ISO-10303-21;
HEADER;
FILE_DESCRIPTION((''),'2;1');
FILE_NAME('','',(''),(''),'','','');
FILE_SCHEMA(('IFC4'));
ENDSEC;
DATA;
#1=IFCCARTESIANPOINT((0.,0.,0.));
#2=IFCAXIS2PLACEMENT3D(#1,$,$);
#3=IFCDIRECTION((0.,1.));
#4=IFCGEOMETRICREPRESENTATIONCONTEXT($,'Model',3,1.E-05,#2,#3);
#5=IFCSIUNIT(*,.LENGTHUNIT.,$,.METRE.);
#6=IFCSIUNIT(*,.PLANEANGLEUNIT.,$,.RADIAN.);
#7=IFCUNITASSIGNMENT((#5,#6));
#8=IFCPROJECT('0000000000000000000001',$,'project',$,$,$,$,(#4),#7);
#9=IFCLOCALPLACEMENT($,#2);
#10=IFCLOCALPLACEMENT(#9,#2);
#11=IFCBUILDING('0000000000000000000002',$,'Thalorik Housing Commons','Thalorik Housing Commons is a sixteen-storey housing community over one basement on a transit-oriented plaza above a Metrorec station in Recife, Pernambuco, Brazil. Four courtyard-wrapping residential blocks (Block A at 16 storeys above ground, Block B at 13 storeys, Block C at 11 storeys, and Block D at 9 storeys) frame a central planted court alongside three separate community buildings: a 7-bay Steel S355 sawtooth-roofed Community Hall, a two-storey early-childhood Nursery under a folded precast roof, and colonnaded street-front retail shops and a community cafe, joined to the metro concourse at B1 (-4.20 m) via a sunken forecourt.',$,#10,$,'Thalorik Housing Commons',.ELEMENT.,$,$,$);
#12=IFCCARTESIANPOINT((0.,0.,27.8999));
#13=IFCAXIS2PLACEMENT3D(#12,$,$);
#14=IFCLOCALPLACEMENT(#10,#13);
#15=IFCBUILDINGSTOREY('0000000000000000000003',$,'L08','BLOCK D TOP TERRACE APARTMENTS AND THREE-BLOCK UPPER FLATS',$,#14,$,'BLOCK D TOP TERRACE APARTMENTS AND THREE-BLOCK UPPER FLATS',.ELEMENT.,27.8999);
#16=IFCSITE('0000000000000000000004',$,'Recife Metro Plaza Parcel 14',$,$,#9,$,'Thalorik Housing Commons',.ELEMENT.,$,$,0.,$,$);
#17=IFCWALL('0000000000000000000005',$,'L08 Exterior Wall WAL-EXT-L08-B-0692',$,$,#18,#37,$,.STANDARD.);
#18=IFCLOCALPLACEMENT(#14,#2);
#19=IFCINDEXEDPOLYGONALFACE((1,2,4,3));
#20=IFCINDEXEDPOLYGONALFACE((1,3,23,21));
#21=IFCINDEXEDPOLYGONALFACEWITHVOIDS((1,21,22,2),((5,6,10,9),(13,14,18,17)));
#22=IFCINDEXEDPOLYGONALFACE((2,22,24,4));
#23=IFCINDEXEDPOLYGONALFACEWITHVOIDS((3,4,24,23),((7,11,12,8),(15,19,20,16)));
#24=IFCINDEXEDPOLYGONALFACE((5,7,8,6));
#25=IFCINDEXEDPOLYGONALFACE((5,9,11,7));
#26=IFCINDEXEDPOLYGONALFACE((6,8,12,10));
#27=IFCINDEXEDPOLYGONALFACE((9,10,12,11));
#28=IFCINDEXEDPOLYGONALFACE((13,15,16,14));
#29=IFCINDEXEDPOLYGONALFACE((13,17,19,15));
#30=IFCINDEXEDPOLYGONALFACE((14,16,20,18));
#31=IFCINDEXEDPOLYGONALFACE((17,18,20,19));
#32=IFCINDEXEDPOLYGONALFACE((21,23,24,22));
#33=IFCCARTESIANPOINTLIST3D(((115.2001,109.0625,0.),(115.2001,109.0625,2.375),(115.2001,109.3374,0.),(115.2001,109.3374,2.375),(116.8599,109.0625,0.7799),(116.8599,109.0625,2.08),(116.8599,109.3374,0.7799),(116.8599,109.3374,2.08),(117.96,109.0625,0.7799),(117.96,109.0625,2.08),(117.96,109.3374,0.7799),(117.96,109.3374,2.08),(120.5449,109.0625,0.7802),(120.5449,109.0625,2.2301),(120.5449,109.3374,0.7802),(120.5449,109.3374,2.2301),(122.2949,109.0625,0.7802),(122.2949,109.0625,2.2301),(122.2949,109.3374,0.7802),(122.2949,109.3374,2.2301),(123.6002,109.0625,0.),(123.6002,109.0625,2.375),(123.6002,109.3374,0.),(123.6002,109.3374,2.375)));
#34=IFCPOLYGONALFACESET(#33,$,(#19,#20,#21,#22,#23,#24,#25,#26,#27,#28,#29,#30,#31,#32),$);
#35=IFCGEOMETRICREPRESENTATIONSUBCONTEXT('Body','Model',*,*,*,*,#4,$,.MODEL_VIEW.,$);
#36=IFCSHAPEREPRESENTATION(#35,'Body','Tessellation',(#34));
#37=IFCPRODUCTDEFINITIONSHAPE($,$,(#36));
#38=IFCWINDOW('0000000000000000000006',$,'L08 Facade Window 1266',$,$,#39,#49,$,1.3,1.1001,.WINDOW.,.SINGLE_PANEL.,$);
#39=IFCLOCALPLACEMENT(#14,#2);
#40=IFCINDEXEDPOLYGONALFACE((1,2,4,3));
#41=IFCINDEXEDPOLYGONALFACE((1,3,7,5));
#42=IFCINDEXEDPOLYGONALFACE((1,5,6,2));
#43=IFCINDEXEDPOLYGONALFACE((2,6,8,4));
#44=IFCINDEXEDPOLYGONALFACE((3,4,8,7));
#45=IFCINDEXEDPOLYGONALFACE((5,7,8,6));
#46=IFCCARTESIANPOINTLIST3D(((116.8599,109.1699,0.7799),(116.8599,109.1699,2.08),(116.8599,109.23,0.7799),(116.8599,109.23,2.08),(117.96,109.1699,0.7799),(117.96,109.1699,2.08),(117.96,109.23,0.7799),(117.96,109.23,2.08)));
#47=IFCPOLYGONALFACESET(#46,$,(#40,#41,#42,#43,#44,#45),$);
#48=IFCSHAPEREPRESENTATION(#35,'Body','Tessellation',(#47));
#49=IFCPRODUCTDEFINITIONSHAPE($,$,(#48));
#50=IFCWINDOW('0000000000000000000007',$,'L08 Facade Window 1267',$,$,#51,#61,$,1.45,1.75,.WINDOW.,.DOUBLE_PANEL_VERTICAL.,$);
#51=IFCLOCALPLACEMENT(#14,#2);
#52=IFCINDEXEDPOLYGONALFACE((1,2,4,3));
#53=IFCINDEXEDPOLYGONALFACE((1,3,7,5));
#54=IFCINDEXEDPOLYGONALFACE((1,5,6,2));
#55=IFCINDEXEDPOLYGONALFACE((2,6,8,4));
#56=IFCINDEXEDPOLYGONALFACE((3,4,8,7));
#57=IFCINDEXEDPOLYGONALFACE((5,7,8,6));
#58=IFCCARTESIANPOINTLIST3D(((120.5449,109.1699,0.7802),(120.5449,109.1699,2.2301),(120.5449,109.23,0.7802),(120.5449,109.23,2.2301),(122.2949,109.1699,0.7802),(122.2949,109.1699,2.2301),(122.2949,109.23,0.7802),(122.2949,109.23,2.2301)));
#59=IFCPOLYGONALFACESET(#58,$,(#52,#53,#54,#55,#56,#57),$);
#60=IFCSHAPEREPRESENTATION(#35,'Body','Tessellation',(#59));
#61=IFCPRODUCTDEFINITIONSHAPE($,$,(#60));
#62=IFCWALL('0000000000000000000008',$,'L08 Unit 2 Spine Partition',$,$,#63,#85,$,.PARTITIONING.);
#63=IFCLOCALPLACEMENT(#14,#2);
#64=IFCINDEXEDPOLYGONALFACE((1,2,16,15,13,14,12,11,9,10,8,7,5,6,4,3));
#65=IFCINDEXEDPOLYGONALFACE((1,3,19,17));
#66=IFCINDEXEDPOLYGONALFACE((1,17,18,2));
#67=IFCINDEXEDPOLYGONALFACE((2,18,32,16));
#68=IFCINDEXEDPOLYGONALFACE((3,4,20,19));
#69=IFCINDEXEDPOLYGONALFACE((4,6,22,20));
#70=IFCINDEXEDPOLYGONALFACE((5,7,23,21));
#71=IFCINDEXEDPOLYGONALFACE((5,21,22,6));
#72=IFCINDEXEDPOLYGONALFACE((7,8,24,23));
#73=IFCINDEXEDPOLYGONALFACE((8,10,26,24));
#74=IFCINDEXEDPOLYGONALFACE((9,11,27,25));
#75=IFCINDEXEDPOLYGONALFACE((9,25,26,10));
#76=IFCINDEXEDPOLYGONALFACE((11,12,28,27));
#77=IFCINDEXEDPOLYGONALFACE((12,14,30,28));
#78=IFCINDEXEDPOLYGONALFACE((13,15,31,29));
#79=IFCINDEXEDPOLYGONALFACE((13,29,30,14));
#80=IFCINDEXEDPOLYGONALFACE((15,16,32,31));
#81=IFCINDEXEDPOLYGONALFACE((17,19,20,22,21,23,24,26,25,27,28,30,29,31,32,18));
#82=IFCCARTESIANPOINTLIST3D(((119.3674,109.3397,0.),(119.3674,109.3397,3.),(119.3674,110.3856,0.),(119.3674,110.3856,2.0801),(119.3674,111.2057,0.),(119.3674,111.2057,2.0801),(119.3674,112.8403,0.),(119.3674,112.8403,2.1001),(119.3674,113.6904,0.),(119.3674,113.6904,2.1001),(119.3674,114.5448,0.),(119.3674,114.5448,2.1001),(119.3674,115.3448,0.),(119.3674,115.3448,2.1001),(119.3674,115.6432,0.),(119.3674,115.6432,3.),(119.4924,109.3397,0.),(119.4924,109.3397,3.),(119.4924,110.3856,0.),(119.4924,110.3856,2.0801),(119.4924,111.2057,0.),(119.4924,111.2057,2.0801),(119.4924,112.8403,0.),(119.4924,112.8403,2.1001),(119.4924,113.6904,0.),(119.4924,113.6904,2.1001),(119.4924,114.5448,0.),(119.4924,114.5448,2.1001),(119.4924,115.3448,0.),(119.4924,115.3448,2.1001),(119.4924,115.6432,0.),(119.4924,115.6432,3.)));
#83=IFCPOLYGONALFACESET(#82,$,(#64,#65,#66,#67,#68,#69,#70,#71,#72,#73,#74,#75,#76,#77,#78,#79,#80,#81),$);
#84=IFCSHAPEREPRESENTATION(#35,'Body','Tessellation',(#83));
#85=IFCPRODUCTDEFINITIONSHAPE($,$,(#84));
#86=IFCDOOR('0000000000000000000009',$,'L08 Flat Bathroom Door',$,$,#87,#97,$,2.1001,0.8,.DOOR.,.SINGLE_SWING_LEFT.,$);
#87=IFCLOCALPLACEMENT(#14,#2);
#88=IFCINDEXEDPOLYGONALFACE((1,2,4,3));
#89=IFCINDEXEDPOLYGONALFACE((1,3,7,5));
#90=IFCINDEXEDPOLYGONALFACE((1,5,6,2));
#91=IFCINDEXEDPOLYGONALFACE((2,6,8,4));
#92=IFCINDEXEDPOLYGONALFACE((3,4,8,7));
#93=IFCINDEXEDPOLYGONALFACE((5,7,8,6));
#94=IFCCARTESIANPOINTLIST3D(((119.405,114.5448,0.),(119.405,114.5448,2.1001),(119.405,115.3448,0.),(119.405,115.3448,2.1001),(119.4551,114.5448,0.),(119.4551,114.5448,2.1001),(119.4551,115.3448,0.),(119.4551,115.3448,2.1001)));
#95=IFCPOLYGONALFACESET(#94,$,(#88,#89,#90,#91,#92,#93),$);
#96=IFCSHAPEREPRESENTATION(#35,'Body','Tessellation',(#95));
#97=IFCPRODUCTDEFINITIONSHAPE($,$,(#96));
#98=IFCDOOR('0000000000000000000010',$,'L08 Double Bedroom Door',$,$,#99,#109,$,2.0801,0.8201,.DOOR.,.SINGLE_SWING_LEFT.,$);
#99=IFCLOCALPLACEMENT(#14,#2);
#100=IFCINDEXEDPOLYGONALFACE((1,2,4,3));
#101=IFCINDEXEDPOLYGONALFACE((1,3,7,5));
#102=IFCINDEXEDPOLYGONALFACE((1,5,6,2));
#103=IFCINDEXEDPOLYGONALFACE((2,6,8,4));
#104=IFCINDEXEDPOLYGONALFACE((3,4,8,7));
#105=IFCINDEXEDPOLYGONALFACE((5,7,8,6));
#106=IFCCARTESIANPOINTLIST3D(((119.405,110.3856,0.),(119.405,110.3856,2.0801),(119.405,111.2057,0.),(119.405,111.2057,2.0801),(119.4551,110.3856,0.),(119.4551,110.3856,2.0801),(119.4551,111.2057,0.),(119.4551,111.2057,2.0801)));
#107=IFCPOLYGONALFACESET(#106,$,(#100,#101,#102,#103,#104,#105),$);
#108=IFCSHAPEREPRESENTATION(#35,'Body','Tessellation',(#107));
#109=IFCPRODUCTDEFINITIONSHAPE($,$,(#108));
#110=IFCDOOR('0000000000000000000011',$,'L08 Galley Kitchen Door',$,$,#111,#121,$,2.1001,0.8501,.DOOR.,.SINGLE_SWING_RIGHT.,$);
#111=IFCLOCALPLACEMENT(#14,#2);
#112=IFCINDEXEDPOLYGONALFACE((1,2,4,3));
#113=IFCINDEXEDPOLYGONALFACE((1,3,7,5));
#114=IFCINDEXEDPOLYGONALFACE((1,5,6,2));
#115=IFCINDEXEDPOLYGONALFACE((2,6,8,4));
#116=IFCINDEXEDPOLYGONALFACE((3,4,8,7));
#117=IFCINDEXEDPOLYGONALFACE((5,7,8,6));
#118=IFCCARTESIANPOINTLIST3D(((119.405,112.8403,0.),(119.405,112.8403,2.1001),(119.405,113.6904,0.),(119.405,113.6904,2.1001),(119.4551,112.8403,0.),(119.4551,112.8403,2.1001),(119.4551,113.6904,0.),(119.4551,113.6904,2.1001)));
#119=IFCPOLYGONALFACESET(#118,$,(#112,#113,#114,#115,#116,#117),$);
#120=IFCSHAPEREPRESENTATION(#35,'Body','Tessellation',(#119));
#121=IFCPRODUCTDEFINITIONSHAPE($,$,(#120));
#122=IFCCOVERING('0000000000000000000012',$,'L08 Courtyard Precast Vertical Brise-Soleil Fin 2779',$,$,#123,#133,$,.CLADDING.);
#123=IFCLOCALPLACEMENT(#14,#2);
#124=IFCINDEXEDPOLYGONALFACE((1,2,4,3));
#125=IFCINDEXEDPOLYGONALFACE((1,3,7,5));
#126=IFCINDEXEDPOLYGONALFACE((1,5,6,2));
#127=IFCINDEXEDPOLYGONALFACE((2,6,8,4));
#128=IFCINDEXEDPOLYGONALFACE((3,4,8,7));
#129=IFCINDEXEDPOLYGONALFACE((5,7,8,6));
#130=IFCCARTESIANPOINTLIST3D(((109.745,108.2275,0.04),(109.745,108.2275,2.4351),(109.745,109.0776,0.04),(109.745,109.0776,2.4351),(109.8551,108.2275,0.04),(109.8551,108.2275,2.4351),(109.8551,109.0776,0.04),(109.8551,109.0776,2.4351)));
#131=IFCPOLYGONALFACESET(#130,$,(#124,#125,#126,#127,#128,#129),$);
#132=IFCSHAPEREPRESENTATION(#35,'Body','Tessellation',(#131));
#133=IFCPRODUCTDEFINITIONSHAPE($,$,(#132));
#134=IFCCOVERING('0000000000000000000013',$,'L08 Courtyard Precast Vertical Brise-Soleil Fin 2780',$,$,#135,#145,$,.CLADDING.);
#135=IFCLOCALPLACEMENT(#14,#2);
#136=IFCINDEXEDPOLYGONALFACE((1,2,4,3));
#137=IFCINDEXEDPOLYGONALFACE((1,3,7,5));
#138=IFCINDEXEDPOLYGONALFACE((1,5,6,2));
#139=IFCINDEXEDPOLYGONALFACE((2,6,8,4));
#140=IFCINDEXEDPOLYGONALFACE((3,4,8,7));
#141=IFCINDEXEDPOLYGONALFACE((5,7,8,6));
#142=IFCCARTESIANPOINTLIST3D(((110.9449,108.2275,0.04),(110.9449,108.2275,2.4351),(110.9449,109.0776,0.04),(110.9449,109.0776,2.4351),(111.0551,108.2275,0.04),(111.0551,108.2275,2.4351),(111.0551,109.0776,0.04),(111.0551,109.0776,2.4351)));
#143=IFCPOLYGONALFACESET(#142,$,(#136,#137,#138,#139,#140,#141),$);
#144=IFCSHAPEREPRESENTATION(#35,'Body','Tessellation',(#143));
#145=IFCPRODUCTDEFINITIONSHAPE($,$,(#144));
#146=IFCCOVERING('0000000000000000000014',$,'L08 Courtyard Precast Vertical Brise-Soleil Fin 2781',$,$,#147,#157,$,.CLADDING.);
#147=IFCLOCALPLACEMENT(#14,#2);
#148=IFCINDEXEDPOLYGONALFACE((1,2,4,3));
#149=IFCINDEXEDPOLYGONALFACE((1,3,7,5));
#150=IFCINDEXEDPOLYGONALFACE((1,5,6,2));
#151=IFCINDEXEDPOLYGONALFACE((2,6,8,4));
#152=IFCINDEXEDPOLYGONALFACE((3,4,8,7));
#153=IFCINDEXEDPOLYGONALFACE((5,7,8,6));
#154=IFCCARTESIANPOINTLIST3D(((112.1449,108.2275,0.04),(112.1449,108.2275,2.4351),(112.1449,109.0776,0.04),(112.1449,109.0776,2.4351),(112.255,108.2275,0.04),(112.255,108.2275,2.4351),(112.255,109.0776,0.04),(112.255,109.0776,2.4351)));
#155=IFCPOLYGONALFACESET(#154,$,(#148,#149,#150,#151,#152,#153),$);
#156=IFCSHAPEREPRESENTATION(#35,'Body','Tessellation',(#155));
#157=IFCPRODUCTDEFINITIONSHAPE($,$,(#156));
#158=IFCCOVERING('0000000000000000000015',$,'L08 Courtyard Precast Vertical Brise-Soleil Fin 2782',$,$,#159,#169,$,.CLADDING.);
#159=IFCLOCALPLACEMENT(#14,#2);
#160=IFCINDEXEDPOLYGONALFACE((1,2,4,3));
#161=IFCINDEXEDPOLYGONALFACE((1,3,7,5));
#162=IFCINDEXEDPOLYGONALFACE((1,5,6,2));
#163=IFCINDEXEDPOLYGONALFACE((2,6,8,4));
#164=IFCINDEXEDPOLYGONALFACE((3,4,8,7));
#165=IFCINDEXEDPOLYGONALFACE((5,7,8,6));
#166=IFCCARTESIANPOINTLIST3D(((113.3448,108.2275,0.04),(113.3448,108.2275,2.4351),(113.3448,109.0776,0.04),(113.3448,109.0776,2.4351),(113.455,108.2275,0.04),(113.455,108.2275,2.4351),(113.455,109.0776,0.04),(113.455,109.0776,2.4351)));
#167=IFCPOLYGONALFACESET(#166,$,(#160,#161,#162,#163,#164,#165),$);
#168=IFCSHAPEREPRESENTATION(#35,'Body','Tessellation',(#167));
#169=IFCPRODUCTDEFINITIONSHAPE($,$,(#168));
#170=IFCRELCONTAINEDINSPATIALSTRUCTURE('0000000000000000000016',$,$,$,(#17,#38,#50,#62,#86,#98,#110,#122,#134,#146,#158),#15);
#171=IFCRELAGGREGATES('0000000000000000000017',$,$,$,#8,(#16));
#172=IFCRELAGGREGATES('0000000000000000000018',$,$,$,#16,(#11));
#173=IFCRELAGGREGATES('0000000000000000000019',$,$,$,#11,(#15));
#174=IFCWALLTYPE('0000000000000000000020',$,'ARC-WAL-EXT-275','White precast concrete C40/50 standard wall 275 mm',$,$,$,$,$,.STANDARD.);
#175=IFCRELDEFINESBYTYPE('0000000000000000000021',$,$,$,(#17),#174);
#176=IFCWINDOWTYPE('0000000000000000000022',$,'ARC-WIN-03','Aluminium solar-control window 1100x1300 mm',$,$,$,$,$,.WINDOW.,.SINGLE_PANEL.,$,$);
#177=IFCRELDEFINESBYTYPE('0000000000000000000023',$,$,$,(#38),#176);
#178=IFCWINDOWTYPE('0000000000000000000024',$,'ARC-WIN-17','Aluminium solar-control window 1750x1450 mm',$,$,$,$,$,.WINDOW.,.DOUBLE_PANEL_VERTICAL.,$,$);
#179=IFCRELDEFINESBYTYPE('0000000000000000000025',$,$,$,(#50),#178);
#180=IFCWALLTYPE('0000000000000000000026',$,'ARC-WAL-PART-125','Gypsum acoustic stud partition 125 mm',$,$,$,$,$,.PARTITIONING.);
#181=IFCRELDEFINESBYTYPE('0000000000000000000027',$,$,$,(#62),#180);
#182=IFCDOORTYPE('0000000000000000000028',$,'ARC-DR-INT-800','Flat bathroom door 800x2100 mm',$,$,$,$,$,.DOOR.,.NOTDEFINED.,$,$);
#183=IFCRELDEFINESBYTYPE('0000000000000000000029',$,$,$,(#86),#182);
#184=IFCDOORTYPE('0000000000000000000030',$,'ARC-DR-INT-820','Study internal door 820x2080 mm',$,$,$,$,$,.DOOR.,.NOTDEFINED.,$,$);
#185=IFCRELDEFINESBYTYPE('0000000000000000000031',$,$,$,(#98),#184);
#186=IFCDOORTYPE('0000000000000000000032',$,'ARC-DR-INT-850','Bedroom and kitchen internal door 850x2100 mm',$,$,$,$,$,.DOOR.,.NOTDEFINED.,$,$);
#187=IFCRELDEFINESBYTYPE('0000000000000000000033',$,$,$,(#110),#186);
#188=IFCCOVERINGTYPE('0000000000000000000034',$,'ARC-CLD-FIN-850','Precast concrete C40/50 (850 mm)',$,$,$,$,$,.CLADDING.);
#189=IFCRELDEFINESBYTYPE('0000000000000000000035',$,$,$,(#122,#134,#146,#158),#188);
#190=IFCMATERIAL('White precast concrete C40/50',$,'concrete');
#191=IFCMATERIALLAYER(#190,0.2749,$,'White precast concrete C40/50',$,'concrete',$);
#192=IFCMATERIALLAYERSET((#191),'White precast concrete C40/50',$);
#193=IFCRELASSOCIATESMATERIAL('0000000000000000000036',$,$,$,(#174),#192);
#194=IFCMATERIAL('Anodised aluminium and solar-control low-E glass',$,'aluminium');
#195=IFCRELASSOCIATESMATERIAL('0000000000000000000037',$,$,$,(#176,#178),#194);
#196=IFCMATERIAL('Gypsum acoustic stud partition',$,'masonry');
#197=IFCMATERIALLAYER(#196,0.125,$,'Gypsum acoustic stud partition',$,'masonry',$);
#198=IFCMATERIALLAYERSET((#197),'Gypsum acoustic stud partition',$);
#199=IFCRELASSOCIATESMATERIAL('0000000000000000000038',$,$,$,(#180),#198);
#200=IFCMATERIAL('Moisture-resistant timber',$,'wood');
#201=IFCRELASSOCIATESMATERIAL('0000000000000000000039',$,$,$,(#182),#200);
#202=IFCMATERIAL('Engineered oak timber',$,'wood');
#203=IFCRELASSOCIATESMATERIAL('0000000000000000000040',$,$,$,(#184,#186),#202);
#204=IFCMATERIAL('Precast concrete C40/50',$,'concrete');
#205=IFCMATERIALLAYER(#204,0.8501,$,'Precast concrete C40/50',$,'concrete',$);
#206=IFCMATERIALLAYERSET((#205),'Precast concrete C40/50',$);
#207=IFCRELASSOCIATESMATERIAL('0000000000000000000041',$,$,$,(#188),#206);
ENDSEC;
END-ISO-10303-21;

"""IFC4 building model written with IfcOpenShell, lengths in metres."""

from ifc_helpers import new_model, si_unit, direction, frame, frame_2d, origin, origin_2d, place, context, subcontext, project, spatial, rectangle, extrude, material, layer, layer_set, type_object, element, fill, save


model = new_model("IFC4")

# Units and contexts
model_context = context("Model", 3, precision=1e-05, world=origin(), true_north=direction((0.0, 1.0)))
body_context = subcontext(model_context, "Body", "Model", "MODEL_VIEW")
ifc_project = project(units=[si_unit("LENGTHUNIT", "METRE"), si_unit("PLANEANGLEUNIT", "RADIAN")], contexts=[model_context])

# Site, building, storey
site_placement = place(None, origin())
site = spatial("IfcSite", under=ifc_project, at=site_placement, Name="Recife Metro Plaza Parcel 14", LongName="Thalorik Housing Commons", CompositionType="ELEMENT", RefElevation=0.0)
building_placement = place(site_placement, origin())
building = spatial("IfcBuilding", under=site, at=building_placement, Name="Thalorik Housing Commons", Description="Thalorik Housing Commons is a sixteen-storey housing community over one basement on a transit-oriented plaza above a Metrorec station in Recife, Pernambuco, Brazil. Four courtyard-wrapping residential blocks (Block A at 16 storeys above ground, Block B at 13 storeys, Block C at 11 storeys, and Block D at 9 storeys) frame a central planted court alongside three separate community buildings: a 7-bay Steel S355 sawtooth-roofed Community Hall, a two-storey early-childhood Nursery under a folded precast roof, and colonnaded street-front retail shops and a community cafe, joined to the metro concourse at B1 (-4.20 m) via a sunken forecourt.", LongName="Thalorik Housing Commons", CompositionType="ELEMENT")
storey_placement = place(building_placement, frame((0.0, 0.0, 27.8999)))
storey = spatial("IfcBuildingStorey", under=building, at=storey_placement, Name="L08", Description="BLOCK D TOP TERRACE APARTMENTS AND THREE-BLOCK UPPER FLATS", LongName="BLOCK D TOP TERRACE APARTMENTS AND THREE-BLOCK UPPER FLATS", CompositionType="ELEMENT", Elevation=27.8999)

# Shared definitions
ifc_material_1 = material(Name="Precast concrete C40/50", Category="concrete")

# Wall, openings, windows
ifc_material_2 = material(Name="White precast concrete C40/50", Category="concrete")
ifc_layer_1 = layer(ifc_material_2, 0.2749, Name="White precast concrete C40/50", Category="concrete")
ifc_layer_set_1 = layer_set([ifc_layer_1], Name="White precast concrete C40/50")
wall_type_1 = type_object("IfcWallType", Name="ARC-WAL-EXT-275", Description="White precast concrete C40/50 standard wall 275 mm", PredefinedType="STANDARD", material=ifc_layer_set_1)
ifc_material_3 = material(Name="Anodised aluminium and solar-control low-E glass", Category="aluminium")
wall_1_placement = place(storey_placement, frame((115.2, 109.2, 0.0), z_axis=(0.0, 0.0, 1.0), x_axis=(1.0, 0.0, 0.0)))
wall_1 = element("IfcWall", 1, at=wall_1_placement, inside=storey, type_object=wall_type_1, Name="L08 Exterior Wall WAL-EXT-L08-B-0692", PredefinedType="STANDARD", context=body_context, shape_type="SweptSolid", body=[
    extrude(rectangle(XDim=8.4001, YDim=0.2749, at=frame_2d((4.2002, 0.0))), origin(), (0.0, 0.0, 1.0), 2.375),
])
opening_1_placement = place(wall_1_placement, frame((1.6599, 0.0, 0.78)))
opening_1 = element("IfcOpeningElement", 2, at=opening_1_placement, cuts=wall_1, PredefinedType="OPENING", context=body_context, shape_type="SweptSolid", body=[
    extrude(rectangle(XDim=1.1001, YDim=1.3, at=frame_2d((0.55, 0.6499))), frame((0.0, 0.1475, 0.0), z_axis=(0.0, -1.0, 0.0), x_axis=(1.0, 0.0, 0.0)), (0.0, 0.0, 1.0), 0.2949),
])
opening_2_placement = place(wall_1_placement, frame((5.345, 0.0, 0.78)))
opening_2 = element("IfcOpeningElement", 3, at=opening_2_placement, cuts=wall_1, PredefinedType="OPENING", context=body_context, shape_type="SweptSolid", body=[
    extrude(rectangle(XDim=1.75, YDim=1.45, at=frame_2d((0.875, 0.7251))), frame((0.0, 0.1475, 0.0), z_axis=(0.0, -1.0, 0.0), x_axis=(1.0, 0.0, 0.0)), (0.0, 0.0, 1.0), 0.2949),
])
window_type_1 = type_object("IfcWindowType", Name="ARC-WIN-03", Description="Aluminium solar-control window 1100x1300 mm", PartitioningType="SINGLE_PANEL", PredefinedType="WINDOW", material=ifc_material_3)
window_1_placement = place(opening_1_placement, origin())
window_1 = element("IfcWindow", 4, at=window_1_placement, inside=storey, type_object=window_type_1, Name="L08 Facade Window 1266", OverallHeight=1.3, OverallWidth=1.1001, PartitioningType="SINGLE_PANEL", PredefinedType="WINDOW", context=body_context, shape_type="SweptSolid", body=[
    extrude(rectangle(XDim=1.1001, YDim=1.3, at=frame_2d((0.55, 0.6499))), frame((0.0, 0.03, 0.0), z_axis=(0.0, -1.0, 0.0), x_axis=(1.0, 0.0, 0.0)), (0.0, 0.0, 1.0), 0.0601),
])
fill(opening_1, window_1)
window_type_2 = type_object("IfcWindowType", Name="ARC-WIN-17", Description="Aluminium solar-control window 1750x1450 mm", PartitioningType="DOUBLE_PANEL_VERTICAL", PredefinedType="WINDOW", material=ifc_material_3)
window_2_placement = place(opening_2_placement, origin())
window_2 = element("IfcWindow", 5, at=window_2_placement, inside=storey, type_object=window_type_2, Name="L08 Facade Window 1267", OverallHeight=1.45, OverallWidth=1.75, PartitioningType="DOUBLE_PANEL_VERTICAL", PredefinedType="WINDOW", context=body_context, shape_type="SweptSolid", body=[
    extrude(rectangle(XDim=1.75, YDim=1.45, at=frame_2d((0.875, 0.7251))), frame((0.0, 0.03, 0.0), z_axis=(0.0, -1.0, 0.0), x_axis=(1.0, 0.0, 0.0)), (0.0, 0.0, 1.0), 0.0601),
])
fill(opening_2, window_2)

# Wall, openings, doors
ifc_material_4 = material(Name="Gypsum acoustic stud partition", Category="masonry")
ifc_layer_2 = layer(ifc_material_4, 0.125, Name="Gypsum acoustic stud partition", Category="masonry")
ifc_layer_set_2 = layer_set([ifc_layer_2], Name="Gypsum acoustic stud partition")
wall_type_2 = type_object("IfcWallType", Name="ARC-WAL-PART-125", Description="Gypsum acoustic stud partition 125 mm", PredefinedType="PARTITIONING", material=ifc_layer_set_2)
wall_2_placement = place(storey_placement, frame((119.4299, 109.3396, 0.0), z_axis=(0.0, 0.0, 1.0), x_axis=(0.0, 1.0, 0.0)))
wall_2 = element("IfcWall", 6, at=wall_2_placement, inside=storey, type_object=wall_type_2, Name="L08 Unit 2 Spine Partition", PredefinedType="PARTITIONING", context=body_context, shape_type="SweptSolid", body=[
    extrude(rectangle(XDim=6.3035, YDim=0.125, at=frame_2d((3.1519, 0.0))), origin(), (0.0, 0.0, 1.0), 3.0),
])
opening_3_placement = place(wall_2_placement, frame((1.0459, 0.0, 0.0)))
opening_3 = element("IfcOpeningElement", 7, at=opening_3_placement, cuts=wall_2, PredefinedType="OPENING", context=body_context, shape_type="SweptSolid", body=[
    extrude(rectangle(XDim=0.8201, YDim=2.0801, at=frame_2d((0.4102, 1.04))), frame((0.0, 0.0725, 0.0), z_axis=(0.0, -1.0, 0.0), x_axis=(1.0, 0.0, 0.0)), (0.0, 0.0, 1.0), 0.145),
])
opening_4_placement = place(wall_2_placement, frame((3.5007, 0.0, 0.0)))
opening_4 = element("IfcOpeningElement", 8, at=opening_4_placement, cuts=wall_2, PredefinedType="OPENING", context=body_context, shape_type="SweptSolid", body=[
    extrude(rectangle(XDim=0.8501, YDim=2.1001, at=frame_2d((0.425, 1.05))), frame((0.0, 0.0725, 0.0), z_axis=(0.0, -1.0, 0.0), x_axis=(1.0, 0.0, 0.0)), (0.0, 0.0, 1.0), 0.145),
])
opening_5_placement = place(wall_2_placement, frame((5.2053, 0.0, 0.0)))
opening_5 = element("IfcOpeningElement", 9, at=opening_5_placement, cuts=wall_2, PredefinedType="OPENING", context=body_context, shape_type="SweptSolid", body=[
    extrude(rectangle(XDim=0.8, YDim=2.1001, at=frame_2d((0.3999, 1.05))), frame((0.0, 0.0725, 0.0), z_axis=(0.0, -1.0, 0.0), x_axis=(1.0, 0.0, 0.0)), (0.0, 0.0, 1.0), 0.145),
])
ifc_material_5 = material(Name="Moisture-resistant timber", Category="wood")
door_type_1 = type_object("IfcDoorType", Name="ARC-DR-INT-800", Description="Flat bathroom door 800x2100 mm", OperationType="NOTDEFINED", PredefinedType="DOOR", material=ifc_material_5)
door_1_placement = place(opening_5_placement, origin())
door_1 = element("IfcDoor", 10, at=door_1_placement, inside=storey, type_object=door_type_1, Name="L08 Flat Bathroom Door", OperationType="SINGLE_SWING_LEFT", OverallHeight=2.1001, OverallWidth=0.8, PredefinedType="DOOR", context=body_context, shape_type="SweptSolid", body=[
    extrude(rectangle(XDim=0.8, YDim=2.1001, at=frame_2d((0.3999, 1.05))), frame((0.0, 0.0249, 0.0), z_axis=(0.0, -1.0, 0.0), x_axis=(1.0, 0.0, 0.0)), (0.0, 0.0, 1.0), 0.05),
])
fill(opening_5, door_1)
ifc_material_6 = material(Name="Engineered oak timber", Category="wood")
door_type_2 = type_object("IfcDoorType", Name="ARC-DR-INT-820", Description="Study internal door 820x2080 mm", OperationType="NOTDEFINED", PredefinedType="DOOR", material=ifc_material_6)
door_2_placement = place(opening_3_placement, origin())
door_2 = element("IfcDoor", 11, at=door_2_placement, inside=storey, type_object=door_type_2, Name="L08 Double Bedroom Door", OperationType="SINGLE_SWING_LEFT", OverallHeight=2.0801, OverallWidth=0.8201, PredefinedType="DOOR", context=body_context, shape_type="SweptSolid", body=[
    extrude(rectangle(XDim=0.8201, YDim=2.0801, at=frame_2d((0.4102, 1.04))), frame((0.0, 0.0249, 0.0), z_axis=(0.0, -1.0, 0.0), x_axis=(1.0, 0.0, 0.0)), (0.0, 0.0, 1.0), 0.05),
])
fill(opening_3, door_2)
door_type_3 = type_object("IfcDoorType", Name="ARC-DR-INT-850", Description="Bedroom and kitchen internal door 850x2100 mm", OperationType="NOTDEFINED", PredefinedType="DOOR", material=ifc_material_6)
door_3_placement = place(opening_4_placement, origin())
door_3 = element("IfcDoor", 12, at=door_3_placement, inside=storey, type_object=door_type_3, Name="L08 Galley Kitchen Door", OperationType="SINGLE_SWING_RIGHT", OverallHeight=2.1001, OverallWidth=0.8501, PredefinedType="DOOR", context=body_context, shape_type="SweptSolid", body=[
    extrude(rectangle(XDim=0.8501, YDim=2.1001, at=frame_2d((0.425, 1.05))), frame((0.0, 0.0249, 0.0), z_axis=(0.0, -1.0, 0.0), x_axis=(1.0, 0.0, 0.0)), (0.0, 0.0, 1.0), 0.05),
])
fill(opening_4, door_3)

# Coverings
ifc_layer_3 = layer(ifc_material_1, 0.8501, Name="Precast concrete C40/50", Category="concrete")
ifc_layer_set_3 = layer_set([ifc_layer_3], Name="Precast concrete C40/50")
covering_type_1 = type_object("IfcCoveringType", Name="ARC-CLD-FIN-850", Description="Precast concrete C40/50 (850 mm)", PredefinedType="CLADDING", material=ifc_layer_set_3)
for number, where, z_axis, x_axis, name in (
    (13, (109.8, 108.6526, 0.04), (0.0, 0.0, 1.0), (1.0, 0.0, 0.0), "L08 Courtyard Precast Vertical Brise-Soleil Fin 2779"),
    (14, (111.0, 108.6526, 0.04), (0.0, 0.0, 1.0), (1.0, 0.0, 0.0), "L08 Courtyard Precast Vertical Brise-Soleil Fin 2780"),
    (15, (112.2, 108.6526, 0.04), (0.0, 0.0, 1.0), (1.0, 0.0, 0.0), "L08 Courtyard Precast Vertical Brise-Soleil Fin 2781"),
    (16, (113.3999, 108.6526, 0.04), (0.0, 0.0, 1.0), (1.0, 0.0, 0.0), "L08 Courtyard Precast Vertical Brise-Soleil Fin 2782"),
):
    element("IfcCovering", number, at=place(storey_placement, frame(where, z_axis=z_axis, x_axis=x_axis)), inside=storey, type_object=covering_type_1, Name=name, PredefinedType="CLADDING", context=body_context, shape_type="SweptSolid", body=[
        extrude(rectangle(XDim=0.1101, YDim=0.8501, at=origin_2d()), origin(), (0.0, 0.0, 1.0), 2.395),
    ])

save(model, "model.ifc")
